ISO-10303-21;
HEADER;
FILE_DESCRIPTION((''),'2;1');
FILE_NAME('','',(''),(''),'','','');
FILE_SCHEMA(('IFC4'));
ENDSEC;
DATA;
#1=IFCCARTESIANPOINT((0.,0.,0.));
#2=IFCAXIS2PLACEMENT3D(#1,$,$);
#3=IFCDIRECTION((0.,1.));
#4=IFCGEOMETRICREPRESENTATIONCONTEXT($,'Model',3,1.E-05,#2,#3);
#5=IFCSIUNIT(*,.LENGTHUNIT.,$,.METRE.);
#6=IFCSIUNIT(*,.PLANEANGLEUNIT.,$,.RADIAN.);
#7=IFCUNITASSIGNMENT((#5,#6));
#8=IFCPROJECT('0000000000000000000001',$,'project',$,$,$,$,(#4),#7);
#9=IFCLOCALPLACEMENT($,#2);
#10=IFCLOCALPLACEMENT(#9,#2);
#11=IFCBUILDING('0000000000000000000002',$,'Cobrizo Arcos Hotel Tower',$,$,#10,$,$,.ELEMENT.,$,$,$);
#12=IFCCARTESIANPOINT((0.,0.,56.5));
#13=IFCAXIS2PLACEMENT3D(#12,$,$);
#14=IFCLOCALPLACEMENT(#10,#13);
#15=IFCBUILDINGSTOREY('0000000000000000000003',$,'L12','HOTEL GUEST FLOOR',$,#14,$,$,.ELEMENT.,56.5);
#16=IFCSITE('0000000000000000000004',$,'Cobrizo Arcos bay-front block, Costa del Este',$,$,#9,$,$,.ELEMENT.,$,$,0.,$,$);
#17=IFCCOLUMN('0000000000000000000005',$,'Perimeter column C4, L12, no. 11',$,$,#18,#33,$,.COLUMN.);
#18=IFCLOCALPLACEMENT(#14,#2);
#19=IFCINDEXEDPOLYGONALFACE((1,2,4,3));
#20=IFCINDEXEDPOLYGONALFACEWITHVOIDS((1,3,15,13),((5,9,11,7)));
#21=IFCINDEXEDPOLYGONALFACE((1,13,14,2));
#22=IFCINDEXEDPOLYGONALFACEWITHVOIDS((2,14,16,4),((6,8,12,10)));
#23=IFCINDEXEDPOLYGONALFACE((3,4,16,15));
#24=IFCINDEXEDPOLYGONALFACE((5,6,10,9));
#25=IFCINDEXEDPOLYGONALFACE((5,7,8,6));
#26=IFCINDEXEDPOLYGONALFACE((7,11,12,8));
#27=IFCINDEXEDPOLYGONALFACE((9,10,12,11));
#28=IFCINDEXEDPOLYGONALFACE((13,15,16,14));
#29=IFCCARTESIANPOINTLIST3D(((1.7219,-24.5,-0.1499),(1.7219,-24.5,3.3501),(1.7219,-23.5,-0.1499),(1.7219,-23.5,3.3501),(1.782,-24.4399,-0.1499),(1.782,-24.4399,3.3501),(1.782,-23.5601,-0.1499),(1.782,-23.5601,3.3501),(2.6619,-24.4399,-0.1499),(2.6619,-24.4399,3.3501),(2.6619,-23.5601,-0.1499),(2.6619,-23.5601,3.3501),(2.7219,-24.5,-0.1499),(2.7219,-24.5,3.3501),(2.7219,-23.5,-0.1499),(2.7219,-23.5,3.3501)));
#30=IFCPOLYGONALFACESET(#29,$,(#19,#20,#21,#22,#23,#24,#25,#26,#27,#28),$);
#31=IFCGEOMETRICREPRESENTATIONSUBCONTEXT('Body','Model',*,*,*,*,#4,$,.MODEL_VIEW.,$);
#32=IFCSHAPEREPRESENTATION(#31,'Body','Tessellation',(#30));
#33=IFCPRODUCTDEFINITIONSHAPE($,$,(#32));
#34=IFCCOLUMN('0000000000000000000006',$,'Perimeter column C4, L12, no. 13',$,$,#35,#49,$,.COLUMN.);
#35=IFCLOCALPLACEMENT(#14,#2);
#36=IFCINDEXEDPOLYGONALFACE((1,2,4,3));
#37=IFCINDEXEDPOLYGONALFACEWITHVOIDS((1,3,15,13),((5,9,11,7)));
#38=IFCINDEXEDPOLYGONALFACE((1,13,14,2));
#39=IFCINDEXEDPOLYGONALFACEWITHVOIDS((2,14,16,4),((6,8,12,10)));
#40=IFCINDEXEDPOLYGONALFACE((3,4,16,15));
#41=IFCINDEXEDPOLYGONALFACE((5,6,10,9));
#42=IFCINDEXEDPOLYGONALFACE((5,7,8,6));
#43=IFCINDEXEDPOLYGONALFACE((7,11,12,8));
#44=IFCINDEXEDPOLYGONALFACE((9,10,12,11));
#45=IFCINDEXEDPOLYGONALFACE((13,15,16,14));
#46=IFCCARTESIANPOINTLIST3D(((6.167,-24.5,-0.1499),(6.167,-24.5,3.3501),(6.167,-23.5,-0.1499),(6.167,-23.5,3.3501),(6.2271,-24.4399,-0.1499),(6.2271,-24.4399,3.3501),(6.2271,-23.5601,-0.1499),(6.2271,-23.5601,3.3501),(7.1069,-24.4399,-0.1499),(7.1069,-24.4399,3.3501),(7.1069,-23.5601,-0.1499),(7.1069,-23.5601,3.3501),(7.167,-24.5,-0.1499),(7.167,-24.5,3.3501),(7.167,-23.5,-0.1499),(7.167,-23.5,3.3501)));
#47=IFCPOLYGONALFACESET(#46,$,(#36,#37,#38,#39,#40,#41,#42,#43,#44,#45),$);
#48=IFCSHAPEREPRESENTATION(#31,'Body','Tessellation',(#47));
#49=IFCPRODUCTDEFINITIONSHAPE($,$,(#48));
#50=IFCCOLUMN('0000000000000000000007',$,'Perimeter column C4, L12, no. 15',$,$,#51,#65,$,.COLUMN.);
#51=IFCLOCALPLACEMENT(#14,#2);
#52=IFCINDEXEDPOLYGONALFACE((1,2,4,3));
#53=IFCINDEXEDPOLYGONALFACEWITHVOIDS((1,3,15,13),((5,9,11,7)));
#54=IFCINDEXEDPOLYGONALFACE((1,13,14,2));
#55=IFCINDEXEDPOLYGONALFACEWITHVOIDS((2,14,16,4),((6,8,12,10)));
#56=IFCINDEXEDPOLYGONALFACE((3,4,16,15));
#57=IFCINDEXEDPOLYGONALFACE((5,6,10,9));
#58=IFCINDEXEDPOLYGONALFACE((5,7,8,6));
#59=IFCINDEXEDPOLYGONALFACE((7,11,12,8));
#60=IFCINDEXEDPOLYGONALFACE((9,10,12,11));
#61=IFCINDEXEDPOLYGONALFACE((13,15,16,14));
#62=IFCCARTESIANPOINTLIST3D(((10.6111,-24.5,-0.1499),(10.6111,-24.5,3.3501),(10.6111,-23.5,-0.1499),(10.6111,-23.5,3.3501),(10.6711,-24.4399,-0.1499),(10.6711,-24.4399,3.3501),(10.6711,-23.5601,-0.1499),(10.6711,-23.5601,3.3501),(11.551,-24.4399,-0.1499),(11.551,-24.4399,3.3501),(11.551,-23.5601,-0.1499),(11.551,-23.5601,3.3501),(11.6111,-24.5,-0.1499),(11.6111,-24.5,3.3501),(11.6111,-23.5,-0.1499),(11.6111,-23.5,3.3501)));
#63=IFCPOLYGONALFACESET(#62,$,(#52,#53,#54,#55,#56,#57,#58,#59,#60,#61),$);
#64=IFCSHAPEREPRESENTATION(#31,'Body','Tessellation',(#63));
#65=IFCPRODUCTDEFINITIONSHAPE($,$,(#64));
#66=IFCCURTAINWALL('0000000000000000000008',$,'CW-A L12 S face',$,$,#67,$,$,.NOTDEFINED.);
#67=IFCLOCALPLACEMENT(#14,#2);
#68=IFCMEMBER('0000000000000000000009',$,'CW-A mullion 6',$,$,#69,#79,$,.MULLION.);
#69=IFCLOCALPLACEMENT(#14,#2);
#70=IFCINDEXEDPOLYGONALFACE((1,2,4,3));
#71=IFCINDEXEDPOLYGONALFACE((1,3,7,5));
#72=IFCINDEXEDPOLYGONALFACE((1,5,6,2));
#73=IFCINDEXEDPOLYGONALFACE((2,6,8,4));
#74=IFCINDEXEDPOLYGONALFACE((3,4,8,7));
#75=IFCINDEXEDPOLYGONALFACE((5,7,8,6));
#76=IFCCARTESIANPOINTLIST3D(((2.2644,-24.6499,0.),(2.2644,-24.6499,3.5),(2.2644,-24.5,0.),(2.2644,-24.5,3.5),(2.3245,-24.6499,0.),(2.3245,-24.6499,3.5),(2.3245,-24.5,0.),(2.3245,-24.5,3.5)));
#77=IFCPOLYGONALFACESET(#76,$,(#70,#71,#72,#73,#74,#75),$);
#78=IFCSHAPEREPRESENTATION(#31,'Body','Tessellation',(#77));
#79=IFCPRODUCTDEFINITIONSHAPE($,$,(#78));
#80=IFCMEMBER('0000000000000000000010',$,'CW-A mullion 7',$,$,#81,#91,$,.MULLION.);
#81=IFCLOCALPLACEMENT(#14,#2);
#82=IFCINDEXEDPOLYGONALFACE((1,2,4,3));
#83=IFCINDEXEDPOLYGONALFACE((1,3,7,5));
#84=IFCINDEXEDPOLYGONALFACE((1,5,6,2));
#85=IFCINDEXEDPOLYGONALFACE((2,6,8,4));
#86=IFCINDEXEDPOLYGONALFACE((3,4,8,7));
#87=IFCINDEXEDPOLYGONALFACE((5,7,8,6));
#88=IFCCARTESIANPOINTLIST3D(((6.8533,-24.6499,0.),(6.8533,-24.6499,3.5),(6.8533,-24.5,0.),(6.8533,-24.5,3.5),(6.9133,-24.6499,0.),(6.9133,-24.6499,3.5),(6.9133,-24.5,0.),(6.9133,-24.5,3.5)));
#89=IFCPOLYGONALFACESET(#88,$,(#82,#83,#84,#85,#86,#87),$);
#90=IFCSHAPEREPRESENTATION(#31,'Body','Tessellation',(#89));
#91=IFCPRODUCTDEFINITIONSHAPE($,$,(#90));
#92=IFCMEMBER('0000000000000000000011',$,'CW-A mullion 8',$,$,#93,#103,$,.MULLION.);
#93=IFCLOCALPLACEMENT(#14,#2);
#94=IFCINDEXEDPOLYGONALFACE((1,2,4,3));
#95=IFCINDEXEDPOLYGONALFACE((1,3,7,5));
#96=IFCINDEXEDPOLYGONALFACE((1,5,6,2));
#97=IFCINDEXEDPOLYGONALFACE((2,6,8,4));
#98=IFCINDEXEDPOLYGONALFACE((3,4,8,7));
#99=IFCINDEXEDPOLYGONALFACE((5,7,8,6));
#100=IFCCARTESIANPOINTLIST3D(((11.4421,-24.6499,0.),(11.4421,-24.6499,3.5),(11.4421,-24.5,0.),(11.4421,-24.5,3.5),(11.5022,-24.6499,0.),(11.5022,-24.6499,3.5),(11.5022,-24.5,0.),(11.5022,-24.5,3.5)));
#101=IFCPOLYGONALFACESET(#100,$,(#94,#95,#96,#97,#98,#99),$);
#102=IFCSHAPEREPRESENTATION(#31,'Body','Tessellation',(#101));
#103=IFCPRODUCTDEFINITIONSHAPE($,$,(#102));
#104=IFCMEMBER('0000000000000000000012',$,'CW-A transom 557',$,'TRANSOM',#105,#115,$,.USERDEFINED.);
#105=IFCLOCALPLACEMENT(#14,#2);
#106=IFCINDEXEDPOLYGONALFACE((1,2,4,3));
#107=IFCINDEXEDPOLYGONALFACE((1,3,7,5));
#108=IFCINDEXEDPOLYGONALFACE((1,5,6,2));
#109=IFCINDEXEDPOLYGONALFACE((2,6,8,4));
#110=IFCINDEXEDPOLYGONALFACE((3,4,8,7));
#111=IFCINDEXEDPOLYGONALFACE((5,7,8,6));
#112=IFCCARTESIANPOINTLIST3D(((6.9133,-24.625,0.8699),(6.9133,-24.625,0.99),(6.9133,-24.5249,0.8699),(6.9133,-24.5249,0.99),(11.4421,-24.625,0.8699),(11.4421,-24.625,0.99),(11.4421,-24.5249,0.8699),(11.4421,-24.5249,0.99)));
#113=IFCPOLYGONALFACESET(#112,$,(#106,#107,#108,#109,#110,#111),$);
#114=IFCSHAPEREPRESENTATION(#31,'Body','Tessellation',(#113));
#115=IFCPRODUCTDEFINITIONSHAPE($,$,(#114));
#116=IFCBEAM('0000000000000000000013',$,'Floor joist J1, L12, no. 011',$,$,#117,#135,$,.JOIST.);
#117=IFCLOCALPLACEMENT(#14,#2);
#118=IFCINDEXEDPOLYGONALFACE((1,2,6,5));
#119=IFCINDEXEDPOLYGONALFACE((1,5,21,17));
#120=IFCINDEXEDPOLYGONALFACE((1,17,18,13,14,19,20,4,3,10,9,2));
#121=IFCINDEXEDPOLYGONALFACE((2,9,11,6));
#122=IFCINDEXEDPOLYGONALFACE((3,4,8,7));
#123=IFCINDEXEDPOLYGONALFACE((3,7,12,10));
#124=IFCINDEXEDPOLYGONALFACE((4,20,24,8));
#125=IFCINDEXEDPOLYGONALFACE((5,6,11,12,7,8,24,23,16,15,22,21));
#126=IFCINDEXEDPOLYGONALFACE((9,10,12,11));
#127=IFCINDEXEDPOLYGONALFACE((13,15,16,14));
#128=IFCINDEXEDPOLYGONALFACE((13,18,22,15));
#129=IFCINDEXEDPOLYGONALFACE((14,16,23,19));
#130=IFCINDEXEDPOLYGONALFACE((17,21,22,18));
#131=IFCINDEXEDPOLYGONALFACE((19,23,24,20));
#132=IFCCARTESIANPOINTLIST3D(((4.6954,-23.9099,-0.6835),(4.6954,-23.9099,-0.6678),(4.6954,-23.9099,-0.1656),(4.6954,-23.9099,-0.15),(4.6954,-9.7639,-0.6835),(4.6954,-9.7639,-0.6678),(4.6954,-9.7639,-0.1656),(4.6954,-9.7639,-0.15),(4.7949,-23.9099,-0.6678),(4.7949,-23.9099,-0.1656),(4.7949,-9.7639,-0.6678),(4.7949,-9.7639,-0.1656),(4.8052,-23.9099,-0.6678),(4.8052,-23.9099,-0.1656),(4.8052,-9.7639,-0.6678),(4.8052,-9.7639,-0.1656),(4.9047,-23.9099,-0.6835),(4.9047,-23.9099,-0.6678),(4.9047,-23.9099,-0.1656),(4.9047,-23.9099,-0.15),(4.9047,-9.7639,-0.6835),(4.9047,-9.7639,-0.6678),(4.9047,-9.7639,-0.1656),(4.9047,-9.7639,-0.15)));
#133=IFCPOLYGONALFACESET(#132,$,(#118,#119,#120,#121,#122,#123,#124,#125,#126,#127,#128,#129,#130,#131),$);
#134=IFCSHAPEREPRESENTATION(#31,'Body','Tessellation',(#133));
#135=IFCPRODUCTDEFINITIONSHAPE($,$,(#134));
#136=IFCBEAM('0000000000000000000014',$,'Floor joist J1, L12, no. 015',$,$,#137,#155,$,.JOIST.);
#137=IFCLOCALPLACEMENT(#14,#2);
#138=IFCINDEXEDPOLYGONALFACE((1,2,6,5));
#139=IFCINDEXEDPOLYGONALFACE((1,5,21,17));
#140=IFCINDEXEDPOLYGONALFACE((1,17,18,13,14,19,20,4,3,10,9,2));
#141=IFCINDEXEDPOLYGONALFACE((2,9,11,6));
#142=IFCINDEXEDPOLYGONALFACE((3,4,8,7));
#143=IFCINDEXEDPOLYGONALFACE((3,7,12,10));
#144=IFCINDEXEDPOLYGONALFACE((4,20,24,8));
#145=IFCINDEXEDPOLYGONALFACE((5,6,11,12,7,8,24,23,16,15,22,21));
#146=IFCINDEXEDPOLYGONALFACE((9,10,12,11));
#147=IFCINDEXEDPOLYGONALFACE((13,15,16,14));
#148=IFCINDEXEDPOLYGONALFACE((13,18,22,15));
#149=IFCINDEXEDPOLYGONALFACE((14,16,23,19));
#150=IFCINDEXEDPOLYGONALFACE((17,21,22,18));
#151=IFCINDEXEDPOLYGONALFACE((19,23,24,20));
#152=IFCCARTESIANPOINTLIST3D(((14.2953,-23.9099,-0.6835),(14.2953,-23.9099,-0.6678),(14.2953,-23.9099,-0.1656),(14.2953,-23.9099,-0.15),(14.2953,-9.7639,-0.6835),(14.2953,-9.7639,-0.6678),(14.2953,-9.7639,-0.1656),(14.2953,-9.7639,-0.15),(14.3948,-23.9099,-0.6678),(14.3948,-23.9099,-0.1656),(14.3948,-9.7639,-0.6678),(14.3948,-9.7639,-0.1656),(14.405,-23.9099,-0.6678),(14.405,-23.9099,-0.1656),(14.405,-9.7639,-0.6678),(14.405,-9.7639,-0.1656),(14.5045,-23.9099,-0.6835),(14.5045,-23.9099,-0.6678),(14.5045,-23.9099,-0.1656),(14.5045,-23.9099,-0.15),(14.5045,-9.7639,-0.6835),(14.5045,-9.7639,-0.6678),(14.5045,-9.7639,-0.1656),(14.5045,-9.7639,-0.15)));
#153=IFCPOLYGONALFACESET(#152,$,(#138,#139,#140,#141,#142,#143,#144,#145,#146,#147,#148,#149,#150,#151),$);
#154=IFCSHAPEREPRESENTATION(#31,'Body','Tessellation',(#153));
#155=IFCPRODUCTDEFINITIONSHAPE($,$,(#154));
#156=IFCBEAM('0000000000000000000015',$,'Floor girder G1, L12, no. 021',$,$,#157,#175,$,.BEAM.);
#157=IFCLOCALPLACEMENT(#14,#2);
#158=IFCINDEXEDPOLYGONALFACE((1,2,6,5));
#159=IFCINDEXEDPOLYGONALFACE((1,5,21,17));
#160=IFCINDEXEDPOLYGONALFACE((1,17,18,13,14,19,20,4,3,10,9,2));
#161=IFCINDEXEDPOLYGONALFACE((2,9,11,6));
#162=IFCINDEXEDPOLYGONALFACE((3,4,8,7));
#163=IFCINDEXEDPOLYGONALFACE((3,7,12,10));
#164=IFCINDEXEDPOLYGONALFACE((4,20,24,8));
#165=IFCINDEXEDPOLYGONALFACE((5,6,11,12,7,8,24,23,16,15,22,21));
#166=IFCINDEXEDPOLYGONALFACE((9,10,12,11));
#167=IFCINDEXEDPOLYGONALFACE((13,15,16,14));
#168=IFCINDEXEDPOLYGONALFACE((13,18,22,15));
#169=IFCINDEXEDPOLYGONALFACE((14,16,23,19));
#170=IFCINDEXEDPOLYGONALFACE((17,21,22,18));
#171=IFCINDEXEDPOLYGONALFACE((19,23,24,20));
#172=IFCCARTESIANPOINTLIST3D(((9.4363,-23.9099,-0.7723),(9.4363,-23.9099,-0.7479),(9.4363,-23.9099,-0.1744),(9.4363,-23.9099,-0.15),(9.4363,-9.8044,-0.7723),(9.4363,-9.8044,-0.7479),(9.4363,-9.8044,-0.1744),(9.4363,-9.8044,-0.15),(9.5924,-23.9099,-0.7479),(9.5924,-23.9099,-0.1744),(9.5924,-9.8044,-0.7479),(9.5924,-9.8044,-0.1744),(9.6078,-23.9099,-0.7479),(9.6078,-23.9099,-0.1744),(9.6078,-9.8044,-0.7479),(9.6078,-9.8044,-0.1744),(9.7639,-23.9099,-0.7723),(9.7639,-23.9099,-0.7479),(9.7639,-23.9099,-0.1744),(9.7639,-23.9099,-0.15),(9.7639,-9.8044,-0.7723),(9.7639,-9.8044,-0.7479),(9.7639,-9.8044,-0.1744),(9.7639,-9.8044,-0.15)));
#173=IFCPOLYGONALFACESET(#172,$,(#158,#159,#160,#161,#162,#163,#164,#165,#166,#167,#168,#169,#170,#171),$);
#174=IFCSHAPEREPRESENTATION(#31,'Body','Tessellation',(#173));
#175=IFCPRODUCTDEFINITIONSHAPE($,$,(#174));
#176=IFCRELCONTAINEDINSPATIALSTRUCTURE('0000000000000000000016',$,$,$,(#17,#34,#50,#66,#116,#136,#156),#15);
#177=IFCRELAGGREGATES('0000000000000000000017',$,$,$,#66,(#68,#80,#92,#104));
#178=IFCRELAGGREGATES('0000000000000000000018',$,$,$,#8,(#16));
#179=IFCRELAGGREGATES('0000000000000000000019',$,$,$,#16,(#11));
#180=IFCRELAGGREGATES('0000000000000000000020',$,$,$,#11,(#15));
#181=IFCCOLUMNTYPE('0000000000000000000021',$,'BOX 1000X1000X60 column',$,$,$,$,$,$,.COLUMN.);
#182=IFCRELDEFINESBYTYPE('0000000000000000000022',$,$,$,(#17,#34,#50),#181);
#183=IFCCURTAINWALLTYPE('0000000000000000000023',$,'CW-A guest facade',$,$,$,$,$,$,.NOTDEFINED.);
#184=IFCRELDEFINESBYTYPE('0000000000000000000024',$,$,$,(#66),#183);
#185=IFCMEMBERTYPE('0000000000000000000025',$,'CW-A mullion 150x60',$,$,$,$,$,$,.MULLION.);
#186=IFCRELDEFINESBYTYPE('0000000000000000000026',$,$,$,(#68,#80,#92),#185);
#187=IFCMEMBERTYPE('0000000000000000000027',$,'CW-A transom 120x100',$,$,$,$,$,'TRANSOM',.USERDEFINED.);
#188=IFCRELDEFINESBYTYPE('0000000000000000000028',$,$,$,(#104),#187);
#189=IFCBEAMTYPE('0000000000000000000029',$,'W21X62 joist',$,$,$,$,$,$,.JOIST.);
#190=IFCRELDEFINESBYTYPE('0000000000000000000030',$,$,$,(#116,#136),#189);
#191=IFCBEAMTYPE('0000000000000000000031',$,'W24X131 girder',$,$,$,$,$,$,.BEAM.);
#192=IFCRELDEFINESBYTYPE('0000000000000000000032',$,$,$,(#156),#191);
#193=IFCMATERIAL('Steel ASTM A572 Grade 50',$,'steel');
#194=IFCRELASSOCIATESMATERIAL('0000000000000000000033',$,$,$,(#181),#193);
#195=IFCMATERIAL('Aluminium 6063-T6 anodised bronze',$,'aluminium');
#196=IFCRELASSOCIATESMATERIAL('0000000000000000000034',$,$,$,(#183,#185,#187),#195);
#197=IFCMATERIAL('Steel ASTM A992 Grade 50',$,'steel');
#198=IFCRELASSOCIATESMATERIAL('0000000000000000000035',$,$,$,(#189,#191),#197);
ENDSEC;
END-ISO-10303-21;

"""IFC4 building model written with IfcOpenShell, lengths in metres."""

from ifc_helpers import new_model, si_unit, direction, frame, origin, origin_2d, place, context, subcontext, project, spatial, rectangle, hollow_rectangle, i_section, extrude, material, material_profile, profile_set, type_object, element, aggregate, save


model = new_model("IFC4")

# Units and contexts
model_context = context("Model", 3, precision=1e-05, world=origin(), true_north=direction((0.0, 1.0)))
body_context = subcontext(model_context, "Body", "Model", "MODEL_VIEW")
ifc_project = project(units=[si_unit("LENGTHUNIT", "METRE"), si_unit("PLANEANGLEUNIT", "RADIAN")], contexts=[model_context])

# Site, building, storey
site_placement = place(None, origin())
site = spatial("IfcSite", under=ifc_project, at=site_placement, Name="Cobrizo Arcos bay-front block, Costa del Este", CompositionType="ELEMENT", RefElevation=0.0)
building_placement = place(site_placement, origin())
building = spatial("IfcBuilding", under=site, at=building_placement, Name="Cobrizo Arcos Hotel Tower", CompositionType="ELEMENT")
storey_placement = place(building_placement, frame((0.0, 0.0, 56.5)))
storey = spatial("IfcBuildingStorey", under=building, at=storey_placement, Name="L12", Description="HOTEL GUEST FLOOR", CompositionType="ELEMENT", Elevation=56.5)

# Columns
ifc_material_1 = material(Name="Steel ASTM A572 Grade 50", Category="steel")
ifc_material_profile_1 = material_profile(ifc_material_1, hollow_rectangle(XDim=1.0, YDim=1.0, WallThickness=0.0601, at=origin_2d()), Name="BOX 1000X1000X60")
ifc_profile_set_1 = profile_set([ifc_material_profile_1], Name="Steel ASTM A572 Grade 50")
column_type = type_object("IfcColumnType", Name="BOX 1000X1000X60 column", PredefinedType="COLUMN", material=ifc_profile_set_1)
for number, where, z_axis, x_axis, name in (
    (1, (2.2219, -24.0, -0.1499), (0.0, 0.0, 1.0), (1.0, 0.0, 0.0), "Perimeter column C4, L12, no. 11"),
    (2, (6.667, -24.0, -0.1499), (0.0, 0.0, 1.0), (1.0, 0.0, 0.0), "Perimeter column C4, L12, no. 13"),
    (3, (11.1111, -24.0, -0.1499), (0.0, 0.0, 1.0), (1.0, 0.0, 0.0), "Perimeter column C4, L12, no. 15"),
):
    element("IfcColumn", number, at=place(storey_placement, frame(where, z_axis=z_axis, x_axis=x_axis)), inside=storey, type_object=column_type, Name=name, PredefinedType="COLUMN", context=body_context, shape_type="SweptSolid", body=[
        extrude(hollow_rectangle(XDim=1.0, YDim=1.0, WallThickness=0.0601, at=origin_2d()), origin(), (0.0, 0.0, 1.0), 3.5),
    ])

# Curtain wall, members
ifc_material_2 = material(Name="Aluminium 6063-T6 anodised bronze", Category="aluminium")
curtain_wall_type = type_object("IfcCurtainWallType", Name="CW-A guest facade", PredefinedType="NOTDEFINED", material=ifc_material_2)
curtain_wall_placement = place(storey_placement, origin())
curtain_wall = element("IfcCurtainWall", 4, at=curtain_wall_placement, inside=storey, type_object=curtain_wall_type, Name="CW-A L12 S face", PredefinedType="NOTDEFINED")
ifc_material_profile_2 = material_profile(ifc_material_2, rectangle(XDim=0.1499, YDim=0.0601, at=origin_2d()), Name="CW-A mullion 150x60")
ifc_profile_set_2 = profile_set([ifc_material_profile_2], Name="Aluminium 6063-T6 anodised bronze")
member_type_1 = type_object("IfcMemberType", Name="CW-A mullion 150x60", PredefinedType="MULLION", material=ifc_profile_set_2)
member_1_placement = place(storey_placement, frame((2.2944, -24.575, 0.0), z_axis=(0.0, 0.0, 1.0), x_axis=(0.0, -1.0, 0.0)))
member_1 = element("IfcMember", 5, at=member_1_placement, type_object=member_type_1, Name="CW-A mullion 6", PredefinedType="MULLION", context=body_context, shape_type="SweptSolid", body=[
    extrude(rectangle(XDim=0.1499, YDim=0.0601, at=origin_2d()), origin(), (0.0, 0.0, 1.0), 3.5),
])
member_2_placement = place(storey_placement, frame((6.8833, -24.575, 0.0), z_axis=(0.0, 0.0, 1.0), x_axis=(0.0, -1.0, 0.0)))
member_2 = element("IfcMember", 6, at=member_2_placement, type_object=member_type_1, Name="CW-A mullion 7", PredefinedType="MULLION", context=body_context, shape_type="SweptSolid", body=[
    extrude(rectangle(XDim=0.1499, YDim=0.0601, at=origin_2d()), origin(), (0.0, 0.0, 1.0), 3.5),
])
member_3_placement = place(storey_placement, frame((11.4722, -24.575, 0.0), z_axis=(0.0, 0.0, 1.0), x_axis=(0.0, -1.0, 0.0)))
member_3 = element("IfcMember", 7, at=member_3_placement, type_object=member_type_1, Name="CW-A mullion 8", PredefinedType="MULLION", context=body_context, shape_type="SweptSolid", body=[
    extrude(rectangle(XDim=0.1499, YDim=0.0601, at=origin_2d()), origin(), (0.0, 0.0, 1.0), 3.5),
])
ifc_material_profile_3 = material_profile(ifc_material_2, rectangle(XDim=0.1001, YDim=0.1201, at=origin_2d()), Name="CW-A transom 120x100")
ifc_profile_set_3 = profile_set([ifc_material_profile_3], Name="Aluminium 6063-T6 anodised bronze")
member_type_2 = type_object("IfcMemberType", Name="CW-A transom 120x100", ElementType="TRANSOM", PredefinedType="USERDEFINED", material=ifc_profile_set_3)
member_4_placement = place(storey_placement, frame((6.9133, -24.575, 0.9299), z_axis=(1.0, 0.0, 0.0), x_axis=(0.0, 1.0, 0.0)))
member_4 = element("IfcMember", 8, at=member_4_placement, type_object=member_type_2, Name="CW-A transom 557", ObjectType="TRANSOM", PredefinedType="USERDEFINED", context=body_context, shape_type="SweptSolid", body=[
    extrude(rectangle(XDim=0.1001, YDim=0.1201, at=origin_2d()), origin(), (0.0, 0.0, 1.0), 4.5288),
])

# Beams
ifc_material_3 = material(Name="Steel ASTM A992 Grade 50", Category="steel")
ifc_material_profile_4 = material_profile(ifc_material_3, i_section(OverallWidth=0.2092, OverallDepth=0.5334, WebThickness=0.0103, FlangeThickness=0.0156, at=origin_2d()), Name="W21X62")
ifc_profile_set_4 = profile_set([ifc_material_profile_4], Name="Steel ASTM A992 Grade 50")
beam_type_1 = type_object("IfcBeamType", Name="W21X62 joist", PredefinedType="JOIST", material=ifc_profile_set_4)
for number, where, z_axis, x_axis, name in (
    (9, (4.8, -23.9099, -0.4167), (0.0, 1.0, 0.0), (-1.0, 0.0, 0.0), "Floor joist J1, L12, no. 011"),
    (10, (14.3999, -23.9099, -0.4167), (0.0, 1.0, 0.0), (-1.0, 0.0, 0.0), "Floor joist J1, L12, no. 015"),
):
    element("IfcBeam", number, at=place(storey_placement, frame(where, z_axis=z_axis, x_axis=x_axis)), inside=storey, type_object=beam_type_1, Name=name, PredefinedType="JOIST", context=body_context, shape_type="SweptSolid", body=[
        extrude(i_section(OverallWidth=0.2092, OverallDepth=0.5334, WebThickness=0.0103, FlangeThickness=0.0156, at=origin_2d()), origin(), (0.0, 0.0, 1.0), 14.146),
    ])
ifc_material_profile_5 = material_profile(ifc_material_3, i_section(OverallWidth=0.3276, OverallDepth=0.6223, WebThickness=0.0154, FlangeThickness=0.0244, at=origin_2d()), Name="W24X131")
ifc_profile_set_5 = profile_set([ifc_material_profile_5], Name="Steel ASTM A992 Grade 50")
beam_type_2 = type_object("IfcBeamType", Name="W24X131 girder", PredefinedType="BEAM", material=ifc_profile_set_5)
beam_1_placement = place(storey_placement, frame((9.6001, -23.9099, -0.4612), z_axis=(0.0, 1.0, 0.0), x_axis=(-1.0, 0.0, 0.0)))
element("IfcBeam", 11, at=beam_1_placement, inside=storey, type_object=beam_type_2, Name="Floor girder G1, L12, no. 021", PredefinedType="BEAM", context=body_context, shape_type="SweptSolid", body=[
    extrude(i_section(OverallWidth=0.3276, OverallDepth=0.6223, WebThickness=0.0154, FlangeThickness=0.0244, at=origin_2d()), origin(), (0.0, 0.0, 1.0), 14.1055),
])

aggregate(curtain_wall, [member_1, member_2, member_3, member_4])

save(model, "model.ifc")
